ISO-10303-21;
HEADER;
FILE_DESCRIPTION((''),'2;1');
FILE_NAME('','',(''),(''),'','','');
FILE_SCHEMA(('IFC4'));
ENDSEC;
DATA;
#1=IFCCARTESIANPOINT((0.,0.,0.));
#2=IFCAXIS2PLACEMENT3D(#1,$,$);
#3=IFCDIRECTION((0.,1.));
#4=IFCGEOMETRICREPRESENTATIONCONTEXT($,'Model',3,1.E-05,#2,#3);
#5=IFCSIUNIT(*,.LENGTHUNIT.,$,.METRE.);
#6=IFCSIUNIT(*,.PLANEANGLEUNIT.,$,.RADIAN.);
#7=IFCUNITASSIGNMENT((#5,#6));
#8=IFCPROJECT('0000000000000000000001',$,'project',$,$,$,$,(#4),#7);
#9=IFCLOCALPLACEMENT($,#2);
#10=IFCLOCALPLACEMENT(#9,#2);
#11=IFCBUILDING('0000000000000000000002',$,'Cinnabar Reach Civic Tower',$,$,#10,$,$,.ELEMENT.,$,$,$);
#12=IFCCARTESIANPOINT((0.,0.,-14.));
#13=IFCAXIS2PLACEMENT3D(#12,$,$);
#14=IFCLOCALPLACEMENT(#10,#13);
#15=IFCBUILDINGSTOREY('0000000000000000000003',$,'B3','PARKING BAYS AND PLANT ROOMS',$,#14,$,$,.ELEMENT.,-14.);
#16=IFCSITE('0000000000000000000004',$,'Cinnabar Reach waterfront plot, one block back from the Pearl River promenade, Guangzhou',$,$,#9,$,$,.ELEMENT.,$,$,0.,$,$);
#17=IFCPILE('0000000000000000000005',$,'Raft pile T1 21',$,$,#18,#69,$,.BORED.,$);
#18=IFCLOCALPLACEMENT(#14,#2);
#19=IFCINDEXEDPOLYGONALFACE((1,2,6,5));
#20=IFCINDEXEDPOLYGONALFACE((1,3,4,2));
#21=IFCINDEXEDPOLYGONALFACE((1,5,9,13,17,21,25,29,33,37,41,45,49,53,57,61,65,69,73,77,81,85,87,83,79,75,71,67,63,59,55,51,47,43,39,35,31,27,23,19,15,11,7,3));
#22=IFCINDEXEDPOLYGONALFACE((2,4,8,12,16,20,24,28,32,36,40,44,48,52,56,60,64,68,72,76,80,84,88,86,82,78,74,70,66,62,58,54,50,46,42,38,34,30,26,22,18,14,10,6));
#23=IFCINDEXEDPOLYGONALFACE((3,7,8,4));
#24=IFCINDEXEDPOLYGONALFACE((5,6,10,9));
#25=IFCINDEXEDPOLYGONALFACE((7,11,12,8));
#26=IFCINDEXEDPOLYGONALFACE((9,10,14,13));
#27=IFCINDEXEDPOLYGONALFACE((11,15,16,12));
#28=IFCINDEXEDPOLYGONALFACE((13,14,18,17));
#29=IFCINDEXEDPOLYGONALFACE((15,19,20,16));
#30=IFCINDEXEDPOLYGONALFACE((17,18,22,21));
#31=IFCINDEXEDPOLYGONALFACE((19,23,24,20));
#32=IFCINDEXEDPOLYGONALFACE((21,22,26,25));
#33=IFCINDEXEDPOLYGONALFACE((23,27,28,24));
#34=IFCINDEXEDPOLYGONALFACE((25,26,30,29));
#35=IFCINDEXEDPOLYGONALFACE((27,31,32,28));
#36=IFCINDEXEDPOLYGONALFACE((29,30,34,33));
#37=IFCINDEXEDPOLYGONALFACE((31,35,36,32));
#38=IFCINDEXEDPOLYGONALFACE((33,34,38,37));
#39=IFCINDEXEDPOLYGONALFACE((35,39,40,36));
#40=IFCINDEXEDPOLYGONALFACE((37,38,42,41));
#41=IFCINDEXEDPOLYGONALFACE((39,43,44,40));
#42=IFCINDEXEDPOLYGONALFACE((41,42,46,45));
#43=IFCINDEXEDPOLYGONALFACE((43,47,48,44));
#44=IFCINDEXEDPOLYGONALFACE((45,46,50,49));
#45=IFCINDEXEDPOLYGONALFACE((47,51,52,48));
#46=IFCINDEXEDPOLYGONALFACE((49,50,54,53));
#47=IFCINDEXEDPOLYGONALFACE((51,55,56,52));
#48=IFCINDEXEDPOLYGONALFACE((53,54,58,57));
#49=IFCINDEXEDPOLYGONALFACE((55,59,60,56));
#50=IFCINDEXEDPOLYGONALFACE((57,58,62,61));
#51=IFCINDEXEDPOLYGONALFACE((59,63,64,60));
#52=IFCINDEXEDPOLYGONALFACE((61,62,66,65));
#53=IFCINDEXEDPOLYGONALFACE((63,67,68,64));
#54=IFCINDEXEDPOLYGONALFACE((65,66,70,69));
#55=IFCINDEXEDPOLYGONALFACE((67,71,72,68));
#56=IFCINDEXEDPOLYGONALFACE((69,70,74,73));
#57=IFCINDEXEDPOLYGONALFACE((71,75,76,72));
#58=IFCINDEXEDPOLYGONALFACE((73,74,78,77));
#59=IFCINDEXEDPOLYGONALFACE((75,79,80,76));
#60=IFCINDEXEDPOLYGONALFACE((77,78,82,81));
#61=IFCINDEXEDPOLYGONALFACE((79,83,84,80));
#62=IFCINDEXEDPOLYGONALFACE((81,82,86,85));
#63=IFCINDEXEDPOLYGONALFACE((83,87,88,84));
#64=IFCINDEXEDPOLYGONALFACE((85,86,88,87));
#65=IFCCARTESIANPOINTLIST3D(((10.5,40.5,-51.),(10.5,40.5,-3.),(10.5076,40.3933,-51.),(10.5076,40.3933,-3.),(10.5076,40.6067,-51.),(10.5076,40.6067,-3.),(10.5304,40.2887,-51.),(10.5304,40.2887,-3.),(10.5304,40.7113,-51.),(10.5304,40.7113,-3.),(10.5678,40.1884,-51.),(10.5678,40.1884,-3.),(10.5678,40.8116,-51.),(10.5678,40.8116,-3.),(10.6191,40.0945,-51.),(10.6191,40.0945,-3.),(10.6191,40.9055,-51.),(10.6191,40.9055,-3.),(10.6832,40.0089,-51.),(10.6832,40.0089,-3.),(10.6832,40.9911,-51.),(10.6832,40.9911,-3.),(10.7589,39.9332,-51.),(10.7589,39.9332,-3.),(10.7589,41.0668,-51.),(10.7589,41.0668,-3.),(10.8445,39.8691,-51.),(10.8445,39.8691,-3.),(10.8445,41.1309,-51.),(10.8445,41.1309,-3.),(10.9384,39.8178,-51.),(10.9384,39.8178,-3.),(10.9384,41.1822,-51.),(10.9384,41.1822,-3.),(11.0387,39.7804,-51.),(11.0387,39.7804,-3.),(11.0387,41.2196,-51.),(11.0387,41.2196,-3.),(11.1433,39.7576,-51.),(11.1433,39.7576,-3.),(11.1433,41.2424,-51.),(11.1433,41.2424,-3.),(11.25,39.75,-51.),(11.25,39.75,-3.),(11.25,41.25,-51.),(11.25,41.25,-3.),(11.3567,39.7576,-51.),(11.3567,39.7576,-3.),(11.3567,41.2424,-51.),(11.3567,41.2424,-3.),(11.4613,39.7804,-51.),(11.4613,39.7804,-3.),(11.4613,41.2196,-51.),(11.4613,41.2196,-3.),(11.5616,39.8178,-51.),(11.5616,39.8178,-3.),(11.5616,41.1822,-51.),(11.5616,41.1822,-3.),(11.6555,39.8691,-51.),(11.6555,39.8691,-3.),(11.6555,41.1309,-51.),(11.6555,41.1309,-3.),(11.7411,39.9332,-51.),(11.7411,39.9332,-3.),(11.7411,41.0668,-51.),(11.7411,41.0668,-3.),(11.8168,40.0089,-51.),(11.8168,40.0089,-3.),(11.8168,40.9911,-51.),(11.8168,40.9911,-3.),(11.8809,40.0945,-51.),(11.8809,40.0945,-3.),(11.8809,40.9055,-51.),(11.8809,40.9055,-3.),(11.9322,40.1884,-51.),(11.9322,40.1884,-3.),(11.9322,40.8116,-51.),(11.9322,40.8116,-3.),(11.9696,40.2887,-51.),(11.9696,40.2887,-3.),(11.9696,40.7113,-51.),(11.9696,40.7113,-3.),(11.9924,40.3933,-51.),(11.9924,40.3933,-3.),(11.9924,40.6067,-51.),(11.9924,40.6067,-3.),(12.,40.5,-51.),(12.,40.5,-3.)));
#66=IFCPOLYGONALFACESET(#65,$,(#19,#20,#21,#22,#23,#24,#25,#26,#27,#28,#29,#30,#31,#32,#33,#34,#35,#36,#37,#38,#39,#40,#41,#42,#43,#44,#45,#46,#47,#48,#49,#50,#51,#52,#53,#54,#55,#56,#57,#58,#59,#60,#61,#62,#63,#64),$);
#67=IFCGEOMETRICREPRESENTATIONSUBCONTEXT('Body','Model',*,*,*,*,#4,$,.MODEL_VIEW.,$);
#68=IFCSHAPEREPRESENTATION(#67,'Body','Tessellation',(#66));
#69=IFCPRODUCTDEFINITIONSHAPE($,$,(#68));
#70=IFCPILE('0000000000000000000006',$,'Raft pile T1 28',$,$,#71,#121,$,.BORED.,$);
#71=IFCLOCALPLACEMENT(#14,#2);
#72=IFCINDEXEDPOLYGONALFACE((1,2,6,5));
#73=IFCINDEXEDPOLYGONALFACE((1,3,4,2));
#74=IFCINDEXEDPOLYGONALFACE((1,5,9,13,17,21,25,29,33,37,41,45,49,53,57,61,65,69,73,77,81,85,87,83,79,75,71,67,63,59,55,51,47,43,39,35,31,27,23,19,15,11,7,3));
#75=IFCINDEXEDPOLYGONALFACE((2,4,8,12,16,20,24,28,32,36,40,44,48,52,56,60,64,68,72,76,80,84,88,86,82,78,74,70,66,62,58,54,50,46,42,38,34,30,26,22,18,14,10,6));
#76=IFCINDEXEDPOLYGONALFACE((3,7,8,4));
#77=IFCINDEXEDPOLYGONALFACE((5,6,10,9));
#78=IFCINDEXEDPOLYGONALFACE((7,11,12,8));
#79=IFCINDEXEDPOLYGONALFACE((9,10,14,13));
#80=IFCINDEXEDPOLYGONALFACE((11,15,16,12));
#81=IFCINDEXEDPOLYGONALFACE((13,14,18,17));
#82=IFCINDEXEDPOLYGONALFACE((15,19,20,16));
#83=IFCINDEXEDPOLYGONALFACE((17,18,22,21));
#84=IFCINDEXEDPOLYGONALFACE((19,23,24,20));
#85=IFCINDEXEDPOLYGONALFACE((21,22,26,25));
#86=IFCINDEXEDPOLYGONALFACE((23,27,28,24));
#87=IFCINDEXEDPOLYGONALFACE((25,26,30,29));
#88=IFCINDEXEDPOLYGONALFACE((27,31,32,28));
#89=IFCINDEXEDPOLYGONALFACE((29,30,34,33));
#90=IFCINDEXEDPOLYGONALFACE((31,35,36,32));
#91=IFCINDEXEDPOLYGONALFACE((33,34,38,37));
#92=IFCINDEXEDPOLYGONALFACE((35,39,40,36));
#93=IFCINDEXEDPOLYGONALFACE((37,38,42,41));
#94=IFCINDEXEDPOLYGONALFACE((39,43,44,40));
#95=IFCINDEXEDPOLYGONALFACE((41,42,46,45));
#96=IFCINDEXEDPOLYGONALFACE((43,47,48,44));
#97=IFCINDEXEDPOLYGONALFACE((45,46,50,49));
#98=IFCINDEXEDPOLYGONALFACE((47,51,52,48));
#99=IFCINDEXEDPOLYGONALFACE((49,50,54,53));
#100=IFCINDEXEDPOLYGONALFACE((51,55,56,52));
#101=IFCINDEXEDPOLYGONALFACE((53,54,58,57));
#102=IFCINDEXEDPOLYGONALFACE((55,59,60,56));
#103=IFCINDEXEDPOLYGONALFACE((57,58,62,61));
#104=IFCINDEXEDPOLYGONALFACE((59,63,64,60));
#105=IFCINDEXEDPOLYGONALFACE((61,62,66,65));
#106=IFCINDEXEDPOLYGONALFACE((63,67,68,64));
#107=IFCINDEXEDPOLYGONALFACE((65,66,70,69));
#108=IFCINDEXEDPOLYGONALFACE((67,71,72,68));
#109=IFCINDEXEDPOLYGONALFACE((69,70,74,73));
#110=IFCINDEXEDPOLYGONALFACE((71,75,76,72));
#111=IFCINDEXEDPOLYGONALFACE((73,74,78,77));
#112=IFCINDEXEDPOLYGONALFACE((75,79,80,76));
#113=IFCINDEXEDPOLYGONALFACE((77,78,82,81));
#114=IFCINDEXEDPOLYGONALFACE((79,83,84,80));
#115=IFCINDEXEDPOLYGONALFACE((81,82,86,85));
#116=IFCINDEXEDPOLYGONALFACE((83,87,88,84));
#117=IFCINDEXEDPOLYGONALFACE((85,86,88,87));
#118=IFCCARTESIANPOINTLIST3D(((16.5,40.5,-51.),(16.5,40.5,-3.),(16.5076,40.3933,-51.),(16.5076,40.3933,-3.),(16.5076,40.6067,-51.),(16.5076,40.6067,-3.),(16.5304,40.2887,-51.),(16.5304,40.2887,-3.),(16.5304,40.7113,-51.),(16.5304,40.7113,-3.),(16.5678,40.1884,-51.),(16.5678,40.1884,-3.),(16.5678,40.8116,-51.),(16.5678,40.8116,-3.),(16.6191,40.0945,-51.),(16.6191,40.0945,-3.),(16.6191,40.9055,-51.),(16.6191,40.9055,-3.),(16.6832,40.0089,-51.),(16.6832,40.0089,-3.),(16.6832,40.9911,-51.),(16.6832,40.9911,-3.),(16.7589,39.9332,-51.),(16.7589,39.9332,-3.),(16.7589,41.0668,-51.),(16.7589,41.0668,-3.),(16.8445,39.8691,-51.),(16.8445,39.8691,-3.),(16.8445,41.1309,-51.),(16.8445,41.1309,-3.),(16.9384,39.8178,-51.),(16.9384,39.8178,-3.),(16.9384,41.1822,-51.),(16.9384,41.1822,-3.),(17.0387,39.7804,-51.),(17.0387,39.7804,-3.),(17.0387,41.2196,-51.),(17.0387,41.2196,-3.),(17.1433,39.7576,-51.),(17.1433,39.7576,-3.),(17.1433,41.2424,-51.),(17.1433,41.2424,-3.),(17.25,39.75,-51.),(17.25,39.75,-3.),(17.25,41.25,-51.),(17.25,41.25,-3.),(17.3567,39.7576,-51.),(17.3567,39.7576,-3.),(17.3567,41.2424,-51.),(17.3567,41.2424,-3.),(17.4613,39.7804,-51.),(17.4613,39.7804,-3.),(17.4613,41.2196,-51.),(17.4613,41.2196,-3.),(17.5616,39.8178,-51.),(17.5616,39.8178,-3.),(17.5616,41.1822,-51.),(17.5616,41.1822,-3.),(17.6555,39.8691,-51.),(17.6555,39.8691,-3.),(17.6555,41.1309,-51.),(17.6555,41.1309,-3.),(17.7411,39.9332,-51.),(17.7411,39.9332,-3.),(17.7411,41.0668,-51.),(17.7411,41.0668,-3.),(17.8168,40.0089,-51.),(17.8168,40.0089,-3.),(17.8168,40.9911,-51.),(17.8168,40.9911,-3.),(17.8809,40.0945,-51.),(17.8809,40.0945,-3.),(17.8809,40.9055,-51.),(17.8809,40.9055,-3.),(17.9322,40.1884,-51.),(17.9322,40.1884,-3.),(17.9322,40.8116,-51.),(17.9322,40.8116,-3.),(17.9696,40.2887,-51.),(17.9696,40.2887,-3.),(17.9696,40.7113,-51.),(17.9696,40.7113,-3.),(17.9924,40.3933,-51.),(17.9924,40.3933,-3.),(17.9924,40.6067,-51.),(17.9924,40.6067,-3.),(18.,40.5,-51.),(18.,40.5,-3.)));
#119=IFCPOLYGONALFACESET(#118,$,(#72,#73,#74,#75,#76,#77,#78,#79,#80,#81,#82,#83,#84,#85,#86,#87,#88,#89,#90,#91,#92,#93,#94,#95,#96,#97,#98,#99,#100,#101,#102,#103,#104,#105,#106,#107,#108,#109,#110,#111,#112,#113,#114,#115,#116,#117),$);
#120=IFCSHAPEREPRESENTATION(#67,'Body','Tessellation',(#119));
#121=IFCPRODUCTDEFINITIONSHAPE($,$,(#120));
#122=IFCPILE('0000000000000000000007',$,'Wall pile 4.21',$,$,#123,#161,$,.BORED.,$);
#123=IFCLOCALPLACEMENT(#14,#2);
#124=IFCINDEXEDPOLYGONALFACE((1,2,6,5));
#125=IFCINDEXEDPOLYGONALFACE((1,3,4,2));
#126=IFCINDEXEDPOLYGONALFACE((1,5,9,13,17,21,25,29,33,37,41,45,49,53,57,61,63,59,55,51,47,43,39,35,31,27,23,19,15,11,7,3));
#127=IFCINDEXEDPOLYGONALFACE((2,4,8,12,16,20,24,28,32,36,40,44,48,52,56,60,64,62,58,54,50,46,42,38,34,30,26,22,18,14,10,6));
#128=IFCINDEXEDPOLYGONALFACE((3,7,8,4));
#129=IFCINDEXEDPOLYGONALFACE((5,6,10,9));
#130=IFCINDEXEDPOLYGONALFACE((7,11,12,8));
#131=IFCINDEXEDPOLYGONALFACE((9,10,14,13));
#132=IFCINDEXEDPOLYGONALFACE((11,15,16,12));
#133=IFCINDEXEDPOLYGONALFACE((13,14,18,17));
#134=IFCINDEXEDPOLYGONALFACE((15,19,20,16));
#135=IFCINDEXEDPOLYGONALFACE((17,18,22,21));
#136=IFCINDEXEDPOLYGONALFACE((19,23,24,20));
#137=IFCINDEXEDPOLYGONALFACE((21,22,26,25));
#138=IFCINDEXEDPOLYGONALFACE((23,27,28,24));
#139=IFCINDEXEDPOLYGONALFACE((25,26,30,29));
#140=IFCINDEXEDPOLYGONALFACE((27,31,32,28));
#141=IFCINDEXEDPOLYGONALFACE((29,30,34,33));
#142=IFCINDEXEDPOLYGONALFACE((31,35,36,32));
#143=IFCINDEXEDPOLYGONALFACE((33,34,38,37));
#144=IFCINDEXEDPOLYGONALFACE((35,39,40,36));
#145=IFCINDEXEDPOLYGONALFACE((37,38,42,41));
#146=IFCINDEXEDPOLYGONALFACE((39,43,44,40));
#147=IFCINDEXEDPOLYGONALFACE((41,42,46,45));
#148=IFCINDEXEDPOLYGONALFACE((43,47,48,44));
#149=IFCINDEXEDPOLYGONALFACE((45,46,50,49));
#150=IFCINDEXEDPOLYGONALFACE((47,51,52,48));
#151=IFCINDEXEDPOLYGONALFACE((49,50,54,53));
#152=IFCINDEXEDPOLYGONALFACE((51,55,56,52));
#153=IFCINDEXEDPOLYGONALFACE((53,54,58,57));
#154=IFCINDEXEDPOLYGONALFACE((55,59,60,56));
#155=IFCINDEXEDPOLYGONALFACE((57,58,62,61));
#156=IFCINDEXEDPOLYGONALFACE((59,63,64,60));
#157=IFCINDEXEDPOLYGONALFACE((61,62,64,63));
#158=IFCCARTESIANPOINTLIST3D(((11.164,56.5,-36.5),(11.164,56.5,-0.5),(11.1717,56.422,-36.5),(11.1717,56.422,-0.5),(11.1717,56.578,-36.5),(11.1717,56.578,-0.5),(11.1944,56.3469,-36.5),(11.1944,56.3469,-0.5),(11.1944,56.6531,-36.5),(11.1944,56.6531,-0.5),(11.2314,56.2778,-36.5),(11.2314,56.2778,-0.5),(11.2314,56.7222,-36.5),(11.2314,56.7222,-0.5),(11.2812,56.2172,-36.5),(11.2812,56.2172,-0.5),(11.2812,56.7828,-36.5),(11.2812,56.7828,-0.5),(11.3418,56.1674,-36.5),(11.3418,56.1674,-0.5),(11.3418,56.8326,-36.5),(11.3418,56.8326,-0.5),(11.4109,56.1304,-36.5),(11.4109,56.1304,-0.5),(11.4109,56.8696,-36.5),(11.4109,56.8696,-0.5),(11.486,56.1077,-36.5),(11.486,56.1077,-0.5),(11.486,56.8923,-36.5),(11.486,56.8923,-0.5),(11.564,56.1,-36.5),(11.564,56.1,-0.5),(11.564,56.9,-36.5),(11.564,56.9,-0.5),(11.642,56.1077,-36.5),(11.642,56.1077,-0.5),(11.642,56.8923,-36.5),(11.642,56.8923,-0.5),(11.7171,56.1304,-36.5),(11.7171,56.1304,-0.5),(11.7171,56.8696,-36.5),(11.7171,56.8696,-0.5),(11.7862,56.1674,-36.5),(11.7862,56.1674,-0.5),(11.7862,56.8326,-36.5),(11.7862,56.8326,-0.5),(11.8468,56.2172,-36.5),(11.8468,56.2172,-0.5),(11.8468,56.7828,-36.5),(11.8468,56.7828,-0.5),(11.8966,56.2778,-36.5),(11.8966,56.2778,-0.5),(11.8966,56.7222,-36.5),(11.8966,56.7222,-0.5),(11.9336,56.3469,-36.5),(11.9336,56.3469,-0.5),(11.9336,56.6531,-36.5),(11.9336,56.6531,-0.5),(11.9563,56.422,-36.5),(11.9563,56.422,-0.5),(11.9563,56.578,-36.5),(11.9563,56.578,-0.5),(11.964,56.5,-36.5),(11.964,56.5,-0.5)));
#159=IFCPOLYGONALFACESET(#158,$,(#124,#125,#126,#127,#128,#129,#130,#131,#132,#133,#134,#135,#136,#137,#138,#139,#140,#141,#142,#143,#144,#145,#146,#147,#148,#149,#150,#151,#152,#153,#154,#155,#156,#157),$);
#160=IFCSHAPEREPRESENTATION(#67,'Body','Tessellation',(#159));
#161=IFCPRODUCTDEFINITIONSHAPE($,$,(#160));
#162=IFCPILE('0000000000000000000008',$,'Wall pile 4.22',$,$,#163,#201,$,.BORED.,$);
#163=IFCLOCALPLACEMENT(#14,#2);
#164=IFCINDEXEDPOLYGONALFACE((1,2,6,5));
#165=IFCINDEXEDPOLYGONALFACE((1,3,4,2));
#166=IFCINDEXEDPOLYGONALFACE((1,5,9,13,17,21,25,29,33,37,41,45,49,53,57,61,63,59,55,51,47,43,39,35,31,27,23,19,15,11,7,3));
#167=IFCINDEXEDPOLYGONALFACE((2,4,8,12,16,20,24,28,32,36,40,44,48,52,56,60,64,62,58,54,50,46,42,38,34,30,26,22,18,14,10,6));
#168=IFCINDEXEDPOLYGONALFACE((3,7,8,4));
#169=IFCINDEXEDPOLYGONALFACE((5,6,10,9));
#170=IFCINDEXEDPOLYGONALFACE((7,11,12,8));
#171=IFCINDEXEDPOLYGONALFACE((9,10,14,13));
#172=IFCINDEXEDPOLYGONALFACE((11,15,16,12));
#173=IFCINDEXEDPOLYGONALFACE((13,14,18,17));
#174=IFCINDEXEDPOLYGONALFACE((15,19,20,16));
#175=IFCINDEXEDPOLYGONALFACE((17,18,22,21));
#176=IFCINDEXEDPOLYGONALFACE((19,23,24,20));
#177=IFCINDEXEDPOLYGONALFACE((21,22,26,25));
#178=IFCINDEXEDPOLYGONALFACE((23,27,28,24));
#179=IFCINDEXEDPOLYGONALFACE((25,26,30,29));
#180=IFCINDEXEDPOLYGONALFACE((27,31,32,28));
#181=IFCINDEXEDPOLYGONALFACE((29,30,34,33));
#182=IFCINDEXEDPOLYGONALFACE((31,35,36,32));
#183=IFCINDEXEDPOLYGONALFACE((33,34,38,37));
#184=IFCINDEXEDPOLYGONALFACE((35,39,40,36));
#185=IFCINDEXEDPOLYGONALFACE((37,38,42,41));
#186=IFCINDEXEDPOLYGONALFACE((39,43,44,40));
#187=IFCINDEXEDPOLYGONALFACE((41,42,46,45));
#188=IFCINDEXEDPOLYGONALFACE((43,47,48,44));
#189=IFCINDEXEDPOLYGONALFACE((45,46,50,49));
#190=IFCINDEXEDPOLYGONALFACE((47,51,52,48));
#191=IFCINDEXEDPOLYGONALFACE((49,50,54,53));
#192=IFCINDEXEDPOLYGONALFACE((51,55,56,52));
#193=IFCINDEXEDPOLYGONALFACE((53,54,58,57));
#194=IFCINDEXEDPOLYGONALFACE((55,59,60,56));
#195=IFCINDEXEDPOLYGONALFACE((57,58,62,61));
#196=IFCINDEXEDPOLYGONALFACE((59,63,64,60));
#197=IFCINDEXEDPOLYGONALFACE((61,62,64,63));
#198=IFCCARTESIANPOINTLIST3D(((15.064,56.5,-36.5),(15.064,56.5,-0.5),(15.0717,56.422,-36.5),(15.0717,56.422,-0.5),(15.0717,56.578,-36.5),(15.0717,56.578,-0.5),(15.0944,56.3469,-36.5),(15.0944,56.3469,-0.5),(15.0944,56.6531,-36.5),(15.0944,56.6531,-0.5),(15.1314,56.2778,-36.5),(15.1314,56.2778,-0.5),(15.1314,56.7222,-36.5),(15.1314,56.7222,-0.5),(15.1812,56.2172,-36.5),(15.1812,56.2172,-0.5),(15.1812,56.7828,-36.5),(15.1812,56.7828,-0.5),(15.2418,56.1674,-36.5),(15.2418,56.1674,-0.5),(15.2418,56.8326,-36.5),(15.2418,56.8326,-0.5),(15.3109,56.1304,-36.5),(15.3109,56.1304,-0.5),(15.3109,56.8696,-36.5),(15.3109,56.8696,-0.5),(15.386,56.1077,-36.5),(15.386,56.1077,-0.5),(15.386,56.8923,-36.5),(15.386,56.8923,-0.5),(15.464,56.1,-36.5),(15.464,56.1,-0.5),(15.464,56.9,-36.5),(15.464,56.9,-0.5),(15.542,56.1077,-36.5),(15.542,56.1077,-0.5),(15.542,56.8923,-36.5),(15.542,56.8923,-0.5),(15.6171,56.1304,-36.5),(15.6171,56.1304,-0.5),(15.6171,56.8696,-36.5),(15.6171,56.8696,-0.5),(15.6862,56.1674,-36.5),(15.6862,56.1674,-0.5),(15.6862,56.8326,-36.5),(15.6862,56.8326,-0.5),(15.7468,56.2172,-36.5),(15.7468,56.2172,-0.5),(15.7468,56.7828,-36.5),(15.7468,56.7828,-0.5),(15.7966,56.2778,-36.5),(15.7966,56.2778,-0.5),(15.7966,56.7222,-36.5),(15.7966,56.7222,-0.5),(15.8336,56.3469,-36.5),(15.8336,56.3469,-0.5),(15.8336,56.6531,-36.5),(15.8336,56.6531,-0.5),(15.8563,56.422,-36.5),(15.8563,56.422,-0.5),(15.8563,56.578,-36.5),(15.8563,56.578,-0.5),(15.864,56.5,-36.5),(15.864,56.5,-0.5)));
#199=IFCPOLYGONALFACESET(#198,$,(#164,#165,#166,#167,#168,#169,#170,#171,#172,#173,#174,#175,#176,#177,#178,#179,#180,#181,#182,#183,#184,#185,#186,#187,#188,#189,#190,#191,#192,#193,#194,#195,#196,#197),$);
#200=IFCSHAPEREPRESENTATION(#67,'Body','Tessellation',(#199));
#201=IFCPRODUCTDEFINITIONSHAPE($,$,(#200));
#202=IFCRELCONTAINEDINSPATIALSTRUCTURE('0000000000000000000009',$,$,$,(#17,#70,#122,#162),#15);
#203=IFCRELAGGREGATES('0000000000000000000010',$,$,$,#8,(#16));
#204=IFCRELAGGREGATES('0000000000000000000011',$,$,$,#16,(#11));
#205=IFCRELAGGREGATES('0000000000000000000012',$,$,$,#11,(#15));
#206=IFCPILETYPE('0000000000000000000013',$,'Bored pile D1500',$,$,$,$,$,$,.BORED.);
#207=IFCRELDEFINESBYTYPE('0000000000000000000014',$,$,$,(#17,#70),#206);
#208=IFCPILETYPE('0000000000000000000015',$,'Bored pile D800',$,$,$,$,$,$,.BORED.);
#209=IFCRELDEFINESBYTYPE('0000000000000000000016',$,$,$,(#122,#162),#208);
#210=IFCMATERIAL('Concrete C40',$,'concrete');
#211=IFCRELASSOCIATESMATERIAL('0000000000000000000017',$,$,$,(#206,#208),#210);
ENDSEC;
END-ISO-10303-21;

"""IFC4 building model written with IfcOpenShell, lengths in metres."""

from ifc_helpers import new_model, si_unit, direction, frame, origin, origin_2d, place, context, subcontext, project, spatial, circle, extrude, material, type_object, element, save


model = new_model("IFC4")

# Units and contexts
model_context = context("Model", 3, precision=1e-05, world=origin(), true_north=direction((0.0, 1.0)))
body_context = subcontext(model_context, "Body", "Model", "MODEL_VIEW")
ifc_project = project(units=[si_unit("LENGTHUNIT", "METRE"), si_unit("PLANEANGLEUNIT", "RADIAN")], contexts=[model_context])

# Site, building, storey
site_placement = place(None, origin())
site = spatial("IfcSite", under=ifc_project, at=site_placement, Name="Cinnabar Reach waterfront plot, one block back from the Pearl River promenade, Guangzhou", CompositionType="ELEMENT", RefElevation=0.0)
building_placement = place(site_placement, origin())
building = spatial("IfcBuilding", under=site, at=building_placement, Name="Cinnabar Reach Civic Tower", CompositionType="ELEMENT")
storey_placement = place(building_placement, frame((0.0, 0.0, -14.0)))
storey = spatial("IfcBuildingStorey", under=building, at=storey_placement, Name="B3", Description="PARKING BAYS AND PLANT ROOMS", CompositionType="ELEMENT", Elevation=-14.0)

# Piles
ifc_material_1 = material(Name="Concrete C40", Category="concrete")
pile_type_1 = type_object("IfcPileType", Name="Bored pile D1500", PredefinedType="BORED", material=ifc_material_1)
for number, where, z_axis, x_axis, name in (
    (1, (11.25, 40.5, -3.0), (0.0, 0.0, -1.0), (1.0, 0.0, 0.0), "Raft pile T1 21"),
    (2, (17.25, 40.5, -3.0), (0.0, 0.0, -1.0), (1.0, 0.0, 0.0), "Raft pile T1 28"),
):
    element("IfcPile", number, at=place(storey_placement, frame(where, z_axis=z_axis, x_axis=x_axis)), inside=storey, type_object=pile_type_1, Name=name, PredefinedType="BORED", context=body_context, shape_type="SweptSolid", body=[
        extrude(circle(Radius=0.75, at=origin_2d()), origin(), (0.0, 0.0, 1.0), 48.0),
    ])
pile_type_2 = type_object("IfcPileType", Name="Bored pile D800", PredefinedType="BORED", material=ifc_material_1)
for number, where, z_axis, x_axis, name in (
    (3, (11.564, 56.5, -0.5), (0.0, 0.0, -1.0), (1.0, 0.0, 0.0), "Wall pile 4.21"),
    (4, (15.464, 56.5, -0.5), (0.0, 0.0, -1.0), (1.0, 0.0, 0.0), "Wall pile 4.22"),
):
    element("IfcPile", number, at=place(storey_placement, frame(where, z_axis=z_axis, x_axis=x_axis)), inside=storey, type_object=pile_type_2, Name=name, PredefinedType="BORED", context=body_context, shape_type="SweptSolid", body=[
        extrude(circle(Radius=0.4, at=origin_2d()), origin(), (0.0, 0.0, 1.0), 36.0),
    ])

save(model, "model.ifc")
